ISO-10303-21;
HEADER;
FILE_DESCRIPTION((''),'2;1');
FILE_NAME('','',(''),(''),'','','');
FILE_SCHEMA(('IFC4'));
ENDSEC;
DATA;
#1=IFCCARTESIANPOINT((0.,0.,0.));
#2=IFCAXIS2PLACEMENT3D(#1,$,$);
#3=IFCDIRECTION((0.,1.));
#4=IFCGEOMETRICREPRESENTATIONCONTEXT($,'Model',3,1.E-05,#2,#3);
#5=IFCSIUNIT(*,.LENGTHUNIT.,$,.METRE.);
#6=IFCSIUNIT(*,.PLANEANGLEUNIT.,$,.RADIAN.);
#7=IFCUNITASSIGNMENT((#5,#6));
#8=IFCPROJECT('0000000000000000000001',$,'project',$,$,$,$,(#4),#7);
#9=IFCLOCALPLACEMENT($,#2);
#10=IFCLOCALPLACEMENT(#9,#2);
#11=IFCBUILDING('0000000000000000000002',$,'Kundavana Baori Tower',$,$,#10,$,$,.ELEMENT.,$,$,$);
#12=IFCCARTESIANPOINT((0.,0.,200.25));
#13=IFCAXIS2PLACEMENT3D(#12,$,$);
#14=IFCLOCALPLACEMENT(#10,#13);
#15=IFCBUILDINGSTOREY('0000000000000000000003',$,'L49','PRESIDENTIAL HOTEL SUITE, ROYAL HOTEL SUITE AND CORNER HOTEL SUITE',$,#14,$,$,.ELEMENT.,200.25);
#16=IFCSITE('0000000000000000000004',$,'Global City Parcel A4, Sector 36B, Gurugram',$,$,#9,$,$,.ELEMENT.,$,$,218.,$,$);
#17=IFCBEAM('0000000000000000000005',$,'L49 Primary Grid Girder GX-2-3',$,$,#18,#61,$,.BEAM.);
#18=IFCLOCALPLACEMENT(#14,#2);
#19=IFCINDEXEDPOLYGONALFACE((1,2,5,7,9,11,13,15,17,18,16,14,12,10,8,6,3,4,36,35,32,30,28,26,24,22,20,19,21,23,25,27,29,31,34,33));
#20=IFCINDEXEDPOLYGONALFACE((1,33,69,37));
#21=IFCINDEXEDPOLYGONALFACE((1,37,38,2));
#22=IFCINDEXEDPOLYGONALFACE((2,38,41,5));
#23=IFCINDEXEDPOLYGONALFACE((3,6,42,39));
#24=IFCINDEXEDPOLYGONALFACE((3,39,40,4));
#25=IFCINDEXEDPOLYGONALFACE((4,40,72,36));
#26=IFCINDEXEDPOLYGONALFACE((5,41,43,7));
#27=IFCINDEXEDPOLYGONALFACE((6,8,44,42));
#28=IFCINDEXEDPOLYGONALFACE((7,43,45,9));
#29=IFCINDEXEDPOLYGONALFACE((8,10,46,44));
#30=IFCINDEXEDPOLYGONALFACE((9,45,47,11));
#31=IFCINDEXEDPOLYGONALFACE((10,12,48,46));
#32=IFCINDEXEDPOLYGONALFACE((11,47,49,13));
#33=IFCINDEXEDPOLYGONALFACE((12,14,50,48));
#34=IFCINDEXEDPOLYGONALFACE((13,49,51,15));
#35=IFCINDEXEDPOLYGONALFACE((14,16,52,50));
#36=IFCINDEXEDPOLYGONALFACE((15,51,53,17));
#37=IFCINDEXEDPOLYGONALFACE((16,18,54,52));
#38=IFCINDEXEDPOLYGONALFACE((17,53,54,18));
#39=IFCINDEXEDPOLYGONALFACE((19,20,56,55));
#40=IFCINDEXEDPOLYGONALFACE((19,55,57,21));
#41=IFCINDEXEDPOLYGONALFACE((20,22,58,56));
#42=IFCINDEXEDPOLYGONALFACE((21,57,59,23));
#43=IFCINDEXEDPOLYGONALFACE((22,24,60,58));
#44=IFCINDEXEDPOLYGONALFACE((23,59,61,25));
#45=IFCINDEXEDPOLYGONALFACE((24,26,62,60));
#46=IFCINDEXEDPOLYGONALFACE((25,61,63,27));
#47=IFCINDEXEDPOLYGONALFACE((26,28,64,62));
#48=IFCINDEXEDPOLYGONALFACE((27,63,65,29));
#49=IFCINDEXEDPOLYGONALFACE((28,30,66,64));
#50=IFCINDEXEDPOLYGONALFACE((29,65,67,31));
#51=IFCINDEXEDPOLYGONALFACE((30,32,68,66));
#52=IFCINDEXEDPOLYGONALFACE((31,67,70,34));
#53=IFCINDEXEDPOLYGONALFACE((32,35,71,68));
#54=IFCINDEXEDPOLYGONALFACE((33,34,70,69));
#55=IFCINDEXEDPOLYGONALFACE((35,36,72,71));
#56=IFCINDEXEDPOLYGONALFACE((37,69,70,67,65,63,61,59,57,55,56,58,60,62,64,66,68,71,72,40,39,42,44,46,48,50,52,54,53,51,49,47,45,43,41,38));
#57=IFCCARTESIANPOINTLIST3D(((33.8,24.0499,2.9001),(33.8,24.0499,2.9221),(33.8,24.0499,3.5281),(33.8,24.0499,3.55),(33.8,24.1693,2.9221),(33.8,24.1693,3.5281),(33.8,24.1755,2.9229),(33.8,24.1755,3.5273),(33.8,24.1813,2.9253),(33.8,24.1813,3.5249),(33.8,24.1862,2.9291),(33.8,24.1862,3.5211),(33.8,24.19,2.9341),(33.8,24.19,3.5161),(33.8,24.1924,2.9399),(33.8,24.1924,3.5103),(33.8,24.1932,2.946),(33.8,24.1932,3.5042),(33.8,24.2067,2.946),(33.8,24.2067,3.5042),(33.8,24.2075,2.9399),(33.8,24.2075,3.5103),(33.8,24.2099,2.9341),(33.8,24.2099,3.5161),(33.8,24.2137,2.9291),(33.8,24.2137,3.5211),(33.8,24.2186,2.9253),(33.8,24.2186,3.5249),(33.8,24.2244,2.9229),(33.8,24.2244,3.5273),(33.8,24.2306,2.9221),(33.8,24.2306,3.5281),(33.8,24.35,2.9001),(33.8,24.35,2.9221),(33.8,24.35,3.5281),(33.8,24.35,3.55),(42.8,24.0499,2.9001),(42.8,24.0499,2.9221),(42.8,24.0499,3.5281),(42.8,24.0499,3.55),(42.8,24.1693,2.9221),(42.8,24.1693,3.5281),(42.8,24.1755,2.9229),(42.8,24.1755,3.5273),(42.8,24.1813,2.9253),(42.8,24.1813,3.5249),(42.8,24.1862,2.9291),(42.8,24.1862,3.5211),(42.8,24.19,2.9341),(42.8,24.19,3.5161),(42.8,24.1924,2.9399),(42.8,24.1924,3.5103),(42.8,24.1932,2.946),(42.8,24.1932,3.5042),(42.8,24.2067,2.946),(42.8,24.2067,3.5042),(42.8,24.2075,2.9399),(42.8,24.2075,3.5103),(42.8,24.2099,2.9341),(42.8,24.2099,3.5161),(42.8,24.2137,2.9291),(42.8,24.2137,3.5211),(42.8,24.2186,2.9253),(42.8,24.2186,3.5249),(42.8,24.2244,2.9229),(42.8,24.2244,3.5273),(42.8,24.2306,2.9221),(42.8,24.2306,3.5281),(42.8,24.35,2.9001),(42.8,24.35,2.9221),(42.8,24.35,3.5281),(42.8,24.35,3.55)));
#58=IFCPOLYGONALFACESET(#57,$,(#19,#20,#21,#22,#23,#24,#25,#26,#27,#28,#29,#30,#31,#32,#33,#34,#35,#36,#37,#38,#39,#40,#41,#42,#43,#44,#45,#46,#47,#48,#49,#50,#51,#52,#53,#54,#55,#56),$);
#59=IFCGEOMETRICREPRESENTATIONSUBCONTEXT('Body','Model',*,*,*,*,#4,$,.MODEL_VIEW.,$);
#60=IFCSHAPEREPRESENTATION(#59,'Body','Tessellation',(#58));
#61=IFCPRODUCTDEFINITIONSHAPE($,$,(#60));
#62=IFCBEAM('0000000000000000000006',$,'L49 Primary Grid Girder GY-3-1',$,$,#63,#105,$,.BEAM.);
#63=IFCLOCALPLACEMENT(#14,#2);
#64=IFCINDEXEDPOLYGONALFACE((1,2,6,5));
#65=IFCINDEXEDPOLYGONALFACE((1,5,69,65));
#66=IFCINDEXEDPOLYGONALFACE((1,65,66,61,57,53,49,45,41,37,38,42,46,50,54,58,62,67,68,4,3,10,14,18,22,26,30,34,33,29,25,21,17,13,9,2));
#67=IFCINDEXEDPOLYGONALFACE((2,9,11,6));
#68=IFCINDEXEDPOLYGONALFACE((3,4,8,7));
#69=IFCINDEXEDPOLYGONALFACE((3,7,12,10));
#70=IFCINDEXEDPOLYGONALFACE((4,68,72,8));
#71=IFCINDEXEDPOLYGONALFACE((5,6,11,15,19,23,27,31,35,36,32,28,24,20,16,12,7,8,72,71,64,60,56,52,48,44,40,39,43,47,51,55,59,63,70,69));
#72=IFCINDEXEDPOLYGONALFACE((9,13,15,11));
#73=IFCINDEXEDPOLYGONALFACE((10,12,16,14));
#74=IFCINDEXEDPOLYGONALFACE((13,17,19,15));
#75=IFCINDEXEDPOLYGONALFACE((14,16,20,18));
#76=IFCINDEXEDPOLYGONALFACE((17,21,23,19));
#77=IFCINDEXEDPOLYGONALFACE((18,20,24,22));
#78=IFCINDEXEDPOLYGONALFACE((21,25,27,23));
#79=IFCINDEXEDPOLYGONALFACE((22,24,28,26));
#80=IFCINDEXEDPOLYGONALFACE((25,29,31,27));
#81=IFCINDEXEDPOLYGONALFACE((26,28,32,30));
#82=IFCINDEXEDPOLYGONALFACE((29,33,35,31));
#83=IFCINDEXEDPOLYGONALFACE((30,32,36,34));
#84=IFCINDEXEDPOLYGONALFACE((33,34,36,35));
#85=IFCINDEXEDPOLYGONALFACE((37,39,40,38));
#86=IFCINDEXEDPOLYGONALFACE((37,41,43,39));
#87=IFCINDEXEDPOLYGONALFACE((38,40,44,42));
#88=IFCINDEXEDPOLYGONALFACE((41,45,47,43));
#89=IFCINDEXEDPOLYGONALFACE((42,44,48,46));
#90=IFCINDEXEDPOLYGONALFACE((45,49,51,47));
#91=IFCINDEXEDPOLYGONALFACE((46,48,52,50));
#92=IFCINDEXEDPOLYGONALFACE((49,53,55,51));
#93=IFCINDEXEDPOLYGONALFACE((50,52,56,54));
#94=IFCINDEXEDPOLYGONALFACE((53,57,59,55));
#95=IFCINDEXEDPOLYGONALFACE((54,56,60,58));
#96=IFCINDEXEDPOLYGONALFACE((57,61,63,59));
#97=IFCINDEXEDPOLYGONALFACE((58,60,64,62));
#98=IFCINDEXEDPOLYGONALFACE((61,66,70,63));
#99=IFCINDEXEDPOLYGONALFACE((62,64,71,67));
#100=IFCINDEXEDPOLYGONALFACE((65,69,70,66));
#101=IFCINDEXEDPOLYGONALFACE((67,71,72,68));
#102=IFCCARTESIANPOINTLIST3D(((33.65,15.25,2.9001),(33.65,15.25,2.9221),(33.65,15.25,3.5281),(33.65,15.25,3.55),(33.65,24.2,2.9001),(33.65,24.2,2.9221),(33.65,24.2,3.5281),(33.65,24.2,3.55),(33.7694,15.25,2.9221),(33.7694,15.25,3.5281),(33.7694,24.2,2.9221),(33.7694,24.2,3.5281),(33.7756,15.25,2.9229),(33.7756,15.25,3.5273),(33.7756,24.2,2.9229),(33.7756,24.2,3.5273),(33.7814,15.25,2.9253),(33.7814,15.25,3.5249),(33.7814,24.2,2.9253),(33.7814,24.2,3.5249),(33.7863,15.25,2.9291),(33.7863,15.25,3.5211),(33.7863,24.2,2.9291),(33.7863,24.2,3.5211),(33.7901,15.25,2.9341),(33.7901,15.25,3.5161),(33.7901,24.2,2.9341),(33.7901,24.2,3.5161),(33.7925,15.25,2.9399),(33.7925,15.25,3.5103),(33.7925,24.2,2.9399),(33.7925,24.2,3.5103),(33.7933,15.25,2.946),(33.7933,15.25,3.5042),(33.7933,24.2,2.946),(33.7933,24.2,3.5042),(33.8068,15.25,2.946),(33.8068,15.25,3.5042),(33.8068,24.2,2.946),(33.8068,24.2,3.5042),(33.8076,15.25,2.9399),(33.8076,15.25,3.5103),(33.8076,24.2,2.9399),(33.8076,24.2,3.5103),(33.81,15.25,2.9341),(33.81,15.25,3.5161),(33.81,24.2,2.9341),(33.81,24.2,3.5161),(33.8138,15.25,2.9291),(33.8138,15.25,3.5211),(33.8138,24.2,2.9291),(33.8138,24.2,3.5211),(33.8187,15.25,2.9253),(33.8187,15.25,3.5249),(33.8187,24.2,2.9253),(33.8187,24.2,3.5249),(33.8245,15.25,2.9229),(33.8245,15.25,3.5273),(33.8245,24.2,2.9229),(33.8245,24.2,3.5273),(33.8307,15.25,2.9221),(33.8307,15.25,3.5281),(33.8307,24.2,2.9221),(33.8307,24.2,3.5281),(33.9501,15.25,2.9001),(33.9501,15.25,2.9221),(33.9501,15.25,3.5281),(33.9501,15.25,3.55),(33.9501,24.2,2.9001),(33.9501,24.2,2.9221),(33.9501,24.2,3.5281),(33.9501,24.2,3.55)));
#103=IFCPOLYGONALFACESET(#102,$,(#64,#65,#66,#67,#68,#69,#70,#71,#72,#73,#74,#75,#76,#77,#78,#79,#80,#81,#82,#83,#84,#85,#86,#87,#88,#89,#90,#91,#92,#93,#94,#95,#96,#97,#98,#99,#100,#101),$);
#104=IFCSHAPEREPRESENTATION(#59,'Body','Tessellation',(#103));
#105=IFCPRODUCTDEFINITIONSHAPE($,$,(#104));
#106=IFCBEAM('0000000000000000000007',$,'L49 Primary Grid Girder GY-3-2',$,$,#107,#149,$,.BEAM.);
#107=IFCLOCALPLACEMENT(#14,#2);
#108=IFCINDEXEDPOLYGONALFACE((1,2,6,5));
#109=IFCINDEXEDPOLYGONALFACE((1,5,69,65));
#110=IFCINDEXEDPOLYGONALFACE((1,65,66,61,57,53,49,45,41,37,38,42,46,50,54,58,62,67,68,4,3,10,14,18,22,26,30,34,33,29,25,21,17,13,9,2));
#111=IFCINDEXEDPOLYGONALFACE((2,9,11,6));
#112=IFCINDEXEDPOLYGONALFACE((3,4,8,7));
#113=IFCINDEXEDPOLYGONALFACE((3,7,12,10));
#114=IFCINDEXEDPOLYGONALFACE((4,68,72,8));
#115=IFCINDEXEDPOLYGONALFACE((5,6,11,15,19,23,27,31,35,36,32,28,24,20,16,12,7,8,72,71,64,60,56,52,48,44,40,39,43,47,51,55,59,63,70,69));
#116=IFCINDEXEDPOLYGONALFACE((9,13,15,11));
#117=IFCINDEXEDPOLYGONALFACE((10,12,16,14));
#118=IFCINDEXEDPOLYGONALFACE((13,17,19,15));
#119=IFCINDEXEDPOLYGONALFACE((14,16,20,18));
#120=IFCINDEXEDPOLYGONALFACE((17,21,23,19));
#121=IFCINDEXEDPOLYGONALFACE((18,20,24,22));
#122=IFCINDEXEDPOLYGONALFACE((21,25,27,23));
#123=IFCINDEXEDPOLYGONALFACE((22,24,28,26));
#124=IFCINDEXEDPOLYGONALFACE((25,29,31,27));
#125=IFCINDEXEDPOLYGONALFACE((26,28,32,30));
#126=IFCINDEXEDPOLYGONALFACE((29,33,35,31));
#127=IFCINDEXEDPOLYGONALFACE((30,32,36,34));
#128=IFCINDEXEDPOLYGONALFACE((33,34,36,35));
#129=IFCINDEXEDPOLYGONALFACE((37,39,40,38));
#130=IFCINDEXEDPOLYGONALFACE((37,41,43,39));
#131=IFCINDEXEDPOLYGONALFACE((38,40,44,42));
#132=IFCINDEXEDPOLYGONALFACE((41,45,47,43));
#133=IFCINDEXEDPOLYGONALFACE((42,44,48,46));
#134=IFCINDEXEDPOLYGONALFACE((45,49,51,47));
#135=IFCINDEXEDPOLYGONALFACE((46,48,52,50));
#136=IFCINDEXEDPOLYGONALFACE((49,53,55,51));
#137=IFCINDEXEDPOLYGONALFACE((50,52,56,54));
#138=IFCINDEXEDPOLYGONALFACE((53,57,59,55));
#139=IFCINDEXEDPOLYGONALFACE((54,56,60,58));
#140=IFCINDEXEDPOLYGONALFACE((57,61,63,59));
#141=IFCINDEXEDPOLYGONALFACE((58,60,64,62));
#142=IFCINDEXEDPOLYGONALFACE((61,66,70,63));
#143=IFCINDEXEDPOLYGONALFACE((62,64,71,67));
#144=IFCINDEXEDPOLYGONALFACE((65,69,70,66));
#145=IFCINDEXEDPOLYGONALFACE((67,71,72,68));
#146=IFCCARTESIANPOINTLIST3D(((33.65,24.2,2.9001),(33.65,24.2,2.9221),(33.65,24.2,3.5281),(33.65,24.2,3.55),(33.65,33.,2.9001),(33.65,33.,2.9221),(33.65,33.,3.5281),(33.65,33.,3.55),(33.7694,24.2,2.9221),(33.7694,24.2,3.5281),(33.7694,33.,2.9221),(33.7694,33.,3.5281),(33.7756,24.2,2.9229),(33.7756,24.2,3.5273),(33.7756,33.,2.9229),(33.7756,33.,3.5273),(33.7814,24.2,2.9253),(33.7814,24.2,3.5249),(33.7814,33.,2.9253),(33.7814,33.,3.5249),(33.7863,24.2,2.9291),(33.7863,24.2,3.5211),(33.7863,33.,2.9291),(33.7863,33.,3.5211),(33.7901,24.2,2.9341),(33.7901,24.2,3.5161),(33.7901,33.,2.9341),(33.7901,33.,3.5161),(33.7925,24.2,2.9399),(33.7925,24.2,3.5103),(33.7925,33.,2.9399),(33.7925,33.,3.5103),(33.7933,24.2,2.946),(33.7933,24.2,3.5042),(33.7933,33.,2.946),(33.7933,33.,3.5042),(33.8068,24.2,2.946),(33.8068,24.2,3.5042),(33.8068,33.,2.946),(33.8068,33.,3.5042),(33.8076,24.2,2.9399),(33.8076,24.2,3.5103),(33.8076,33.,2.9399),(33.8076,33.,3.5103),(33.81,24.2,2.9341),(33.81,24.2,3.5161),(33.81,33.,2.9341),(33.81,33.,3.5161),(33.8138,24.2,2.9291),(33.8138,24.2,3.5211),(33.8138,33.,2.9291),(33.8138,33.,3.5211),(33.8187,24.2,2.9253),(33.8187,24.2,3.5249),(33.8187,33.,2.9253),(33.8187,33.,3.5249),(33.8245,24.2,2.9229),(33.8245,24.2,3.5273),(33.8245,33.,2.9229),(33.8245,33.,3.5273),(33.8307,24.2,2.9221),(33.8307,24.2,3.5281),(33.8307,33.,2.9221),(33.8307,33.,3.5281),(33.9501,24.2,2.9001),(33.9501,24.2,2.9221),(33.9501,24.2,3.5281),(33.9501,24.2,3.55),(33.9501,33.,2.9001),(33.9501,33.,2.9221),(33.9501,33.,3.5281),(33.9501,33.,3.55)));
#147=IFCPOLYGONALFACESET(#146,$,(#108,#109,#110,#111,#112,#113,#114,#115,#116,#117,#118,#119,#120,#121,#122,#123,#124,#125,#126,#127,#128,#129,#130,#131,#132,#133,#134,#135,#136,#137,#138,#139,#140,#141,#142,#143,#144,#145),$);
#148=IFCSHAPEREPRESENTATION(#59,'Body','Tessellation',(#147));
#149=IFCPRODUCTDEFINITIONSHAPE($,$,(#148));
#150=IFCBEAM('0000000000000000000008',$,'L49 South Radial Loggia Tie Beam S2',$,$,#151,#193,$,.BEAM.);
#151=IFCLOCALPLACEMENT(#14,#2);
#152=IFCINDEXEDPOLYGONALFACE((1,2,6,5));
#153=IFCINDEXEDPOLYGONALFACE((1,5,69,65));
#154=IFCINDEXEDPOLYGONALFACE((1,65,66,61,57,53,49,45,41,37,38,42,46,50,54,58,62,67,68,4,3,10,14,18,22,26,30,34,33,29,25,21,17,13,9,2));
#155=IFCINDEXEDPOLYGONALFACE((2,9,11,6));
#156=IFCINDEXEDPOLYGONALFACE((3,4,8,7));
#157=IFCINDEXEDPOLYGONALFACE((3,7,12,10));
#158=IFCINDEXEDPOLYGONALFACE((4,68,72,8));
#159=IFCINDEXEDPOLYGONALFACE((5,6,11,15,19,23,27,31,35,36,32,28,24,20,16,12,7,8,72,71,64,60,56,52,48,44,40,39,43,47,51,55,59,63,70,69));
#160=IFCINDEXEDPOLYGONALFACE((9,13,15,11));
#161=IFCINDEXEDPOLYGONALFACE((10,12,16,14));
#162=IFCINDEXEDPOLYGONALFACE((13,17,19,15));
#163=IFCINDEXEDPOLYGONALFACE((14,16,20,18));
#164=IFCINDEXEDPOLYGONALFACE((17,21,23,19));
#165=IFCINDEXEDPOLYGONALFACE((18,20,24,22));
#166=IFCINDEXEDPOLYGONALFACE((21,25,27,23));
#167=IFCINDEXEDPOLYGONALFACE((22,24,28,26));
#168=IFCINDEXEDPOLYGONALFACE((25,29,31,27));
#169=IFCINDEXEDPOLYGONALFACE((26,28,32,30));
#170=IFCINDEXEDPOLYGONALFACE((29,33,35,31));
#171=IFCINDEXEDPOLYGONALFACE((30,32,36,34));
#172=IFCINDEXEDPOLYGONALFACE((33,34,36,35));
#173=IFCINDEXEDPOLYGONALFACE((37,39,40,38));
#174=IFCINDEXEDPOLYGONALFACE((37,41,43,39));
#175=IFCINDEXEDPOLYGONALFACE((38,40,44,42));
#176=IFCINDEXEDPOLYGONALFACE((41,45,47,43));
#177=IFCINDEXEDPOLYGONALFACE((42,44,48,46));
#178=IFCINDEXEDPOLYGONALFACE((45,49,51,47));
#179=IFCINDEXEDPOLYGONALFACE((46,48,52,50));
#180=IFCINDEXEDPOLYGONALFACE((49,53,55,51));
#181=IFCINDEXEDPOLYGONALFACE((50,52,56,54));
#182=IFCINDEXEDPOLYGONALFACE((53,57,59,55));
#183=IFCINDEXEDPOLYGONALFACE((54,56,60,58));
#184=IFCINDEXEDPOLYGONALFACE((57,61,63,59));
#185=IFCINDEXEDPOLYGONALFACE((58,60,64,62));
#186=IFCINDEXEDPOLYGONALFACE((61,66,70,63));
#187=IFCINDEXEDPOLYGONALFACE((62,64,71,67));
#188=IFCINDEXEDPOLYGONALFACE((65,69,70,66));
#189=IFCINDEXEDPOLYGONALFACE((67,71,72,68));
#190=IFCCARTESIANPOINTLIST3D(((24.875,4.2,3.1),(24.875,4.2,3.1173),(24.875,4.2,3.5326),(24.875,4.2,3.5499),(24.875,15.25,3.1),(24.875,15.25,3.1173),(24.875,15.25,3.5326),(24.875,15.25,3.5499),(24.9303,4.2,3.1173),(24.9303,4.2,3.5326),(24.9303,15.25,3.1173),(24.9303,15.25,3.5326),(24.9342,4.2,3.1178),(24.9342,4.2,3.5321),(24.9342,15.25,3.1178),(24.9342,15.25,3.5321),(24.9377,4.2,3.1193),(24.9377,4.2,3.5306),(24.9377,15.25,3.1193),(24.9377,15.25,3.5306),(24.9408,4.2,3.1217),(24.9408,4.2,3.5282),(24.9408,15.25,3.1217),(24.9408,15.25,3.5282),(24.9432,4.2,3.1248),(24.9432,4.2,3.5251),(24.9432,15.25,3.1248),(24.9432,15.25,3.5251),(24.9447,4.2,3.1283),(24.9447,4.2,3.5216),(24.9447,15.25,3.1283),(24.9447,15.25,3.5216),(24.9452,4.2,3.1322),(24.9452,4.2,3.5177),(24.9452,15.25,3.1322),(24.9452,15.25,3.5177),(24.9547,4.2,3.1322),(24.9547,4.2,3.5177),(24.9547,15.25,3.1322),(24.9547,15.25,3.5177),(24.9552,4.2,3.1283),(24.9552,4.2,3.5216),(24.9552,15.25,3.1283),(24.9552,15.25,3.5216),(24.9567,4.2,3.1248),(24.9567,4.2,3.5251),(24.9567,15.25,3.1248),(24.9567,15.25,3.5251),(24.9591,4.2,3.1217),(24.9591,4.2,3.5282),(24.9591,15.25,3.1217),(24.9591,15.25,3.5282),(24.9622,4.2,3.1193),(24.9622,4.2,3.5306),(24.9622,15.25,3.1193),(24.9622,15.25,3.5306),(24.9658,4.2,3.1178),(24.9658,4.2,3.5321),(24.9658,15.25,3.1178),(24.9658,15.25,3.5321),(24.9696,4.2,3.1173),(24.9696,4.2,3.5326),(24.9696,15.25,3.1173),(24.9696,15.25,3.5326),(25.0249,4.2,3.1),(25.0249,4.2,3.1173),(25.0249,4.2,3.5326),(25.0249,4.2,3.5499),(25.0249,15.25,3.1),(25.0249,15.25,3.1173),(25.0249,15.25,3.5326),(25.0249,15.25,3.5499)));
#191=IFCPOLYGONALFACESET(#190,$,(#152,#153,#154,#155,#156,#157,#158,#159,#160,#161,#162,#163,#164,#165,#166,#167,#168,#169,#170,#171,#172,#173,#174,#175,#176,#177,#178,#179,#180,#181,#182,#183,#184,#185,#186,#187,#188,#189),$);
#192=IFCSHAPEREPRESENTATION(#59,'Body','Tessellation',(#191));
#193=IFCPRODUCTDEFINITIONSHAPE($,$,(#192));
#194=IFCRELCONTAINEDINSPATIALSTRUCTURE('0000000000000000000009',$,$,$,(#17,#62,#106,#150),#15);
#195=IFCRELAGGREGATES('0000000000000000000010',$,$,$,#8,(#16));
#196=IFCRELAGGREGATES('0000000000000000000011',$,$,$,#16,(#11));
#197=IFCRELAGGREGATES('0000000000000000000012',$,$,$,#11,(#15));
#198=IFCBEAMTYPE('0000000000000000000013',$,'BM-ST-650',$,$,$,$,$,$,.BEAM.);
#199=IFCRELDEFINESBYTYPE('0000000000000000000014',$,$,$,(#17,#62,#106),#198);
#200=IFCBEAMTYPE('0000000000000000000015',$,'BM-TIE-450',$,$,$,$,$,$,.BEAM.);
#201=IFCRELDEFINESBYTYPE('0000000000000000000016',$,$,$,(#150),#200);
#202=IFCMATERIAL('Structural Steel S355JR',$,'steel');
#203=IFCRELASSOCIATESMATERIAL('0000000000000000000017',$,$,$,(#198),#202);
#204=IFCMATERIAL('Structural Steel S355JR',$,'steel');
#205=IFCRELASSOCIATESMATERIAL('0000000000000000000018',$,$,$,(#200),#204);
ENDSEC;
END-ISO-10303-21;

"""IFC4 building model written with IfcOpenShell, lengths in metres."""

from ifc_helpers import new_model, si_unit, direction, frame, origin, origin_2d, place, context, subcontext, project, spatial, i_section, extrude, material, material_profile, profile_set, type_object, element, save


model = new_model("IFC4")

# Units and contexts
model_context = context("Model", 3, precision=1e-05, world=origin(), true_north=direction((0.0, 1.0)))
body_context = subcontext(model_context, "Body", "Model", "MODEL_VIEW")
ifc_project = project(units=[si_unit("LENGTHUNIT", "METRE"), si_unit("PLANEANGLEUNIT", "RADIAN")], contexts=[model_context])

# Site, building, storey
site_placement = place(None, origin())
site = spatial("IfcSite", under=ifc_project, at=site_placement, Name="Global City Parcel A4, Sector 36B, Gurugram", CompositionType="ELEMENT", RefElevation=218.0)
building_placement = place(site_placement, origin())
building = spatial("IfcBuilding", under=site, at=building_placement, Name="Kundavana Baori Tower", CompositionType="ELEMENT")
storey_placement = place(building_placement, frame((0.0, 0.0, 200.25)))
storey = spatial("IfcBuildingStorey", under=building, at=storey_placement, Name="L49", Description="PRESIDENTIAL HOTEL SUITE, ROYAL HOTEL SUITE AND CORNER HOTEL SUITE", CompositionType="ELEMENT", Elevation=200.25)

# Beams
ifc_material_1 = material(Name="Structural Steel S355JR", Category="steel")
ifc_material_profile_1 = material_profile(ifc_material_1, i_section(OverallWidth=0.3, OverallDepth=0.6499, WebThickness=0.0134, FlangeThickness=0.022, FilletRadius=0.0239, at=origin_2d()), Name="NPB 650x300x155")
ifc_profile_set_1 = profile_set([ifc_material_profile_1], Name="Structural Steel S355JR")
beam_type_1 = type_object("IfcBeamType", Name="BM-ST-650", PredefinedType="BEAM", material=ifc_profile_set_1)
beam_1_placement = place(storey_placement, frame((33.8, 24.2, 3.2251), z_axis=(1.0, 0.0, 0.0), x_axis=(0.0, 1.0, 0.0)))
element("IfcBeam", 1, at=beam_1_placement, inside=storey, type_object=beam_type_1, Name="L49 Primary Grid Girder GX-2-3", PredefinedType="BEAM", context=body_context, shape_type="SweptSolid", body=[
    extrude(i_section(OverallWidth=0.3, OverallDepth=0.6499, WebThickness=0.0134, FlangeThickness=0.022, FilletRadius=0.0239, at=origin_2d()), origin(), (0.0, 0.0, 1.0), 9.0),
])
beam_2_placement = place(storey_placement, frame((33.8, 15.25, 3.2251), z_axis=(0.0, 1.0, 0.0), x_axis=(-1.0, 0.0, 0.0)))
element("IfcBeam", 2, at=beam_2_placement, inside=storey, type_object=beam_type_1, Name="L49 Primary Grid Girder GY-3-1", PredefinedType="BEAM", context=body_context, shape_type="SweptSolid", body=[
    extrude(i_section(OverallWidth=0.3, OverallDepth=0.6499, WebThickness=0.0134, FlangeThickness=0.022, FilletRadius=0.0239, at=origin_2d()), origin(), (0.0, 0.0, 1.0), 8.95),
])
beam_3_placement = place(storey_placement, frame((33.8, 24.2, 3.2251), z_axis=(0.0, 1.0, 0.0), x_axis=(-1.0, 0.0, 0.0)))
element("IfcBeam", 3, at=beam_3_placement, inside=storey, type_object=beam_type_1, Name="L49 Primary Grid Girder GY-3-2", PredefinedType="BEAM", context=body_context, shape_type="SweptSolid", body=[
    extrude(i_section(OverallWidth=0.3, OverallDepth=0.6499, WebThickness=0.0134, FlangeThickness=0.022, FilletRadius=0.0239, at=origin_2d()), origin(), (0.0, 0.0, 1.0), 8.8),
])
ifc_material_2 = material(Name="Structural Steel S355JR", Category="steel")
ifc_material_profile_2 = material_profile(ifc_material_2, i_section(OverallWidth=0.1499, OverallDepth=0.45, WebThickness=0.0095, FlangeThickness=0.0173, FilletRadius=0.0149, at=origin_2d()), Name="ISMB 450")
ifc_profile_set_2 = profile_set([ifc_material_profile_2], Name="Structural Steel S355JR")
beam_type_2 = type_object("IfcBeamType", Name="BM-TIE-450", PredefinedType="BEAM", material=ifc_profile_set_2)
for number, where, z_axis, x_axis, name in (
    (4, (24.95, 15.25, 3.325), (0.0, -1.0, 0.0), (1.0, 0.0, 0.0), "L49 South Radial Loggia Tie Beam S2"),
):
    element("IfcBeam", number, at=place(storey_placement, frame(where, z_axis=z_axis, x_axis=x_axis)), inside=storey, type_object=beam_type_2, Name=name, PredefinedType="BEAM", context=body_context, shape_type="SweptSolid", body=[
        extrude(i_section(OverallWidth=0.1499, OverallDepth=0.45, WebThickness=0.0095, FlangeThickness=0.0173, FilletRadius=0.0149, at=origin_2d()), origin(), (0.0, 0.0, 1.0), 11.05),
    ])

save(model, "model.ifc")
